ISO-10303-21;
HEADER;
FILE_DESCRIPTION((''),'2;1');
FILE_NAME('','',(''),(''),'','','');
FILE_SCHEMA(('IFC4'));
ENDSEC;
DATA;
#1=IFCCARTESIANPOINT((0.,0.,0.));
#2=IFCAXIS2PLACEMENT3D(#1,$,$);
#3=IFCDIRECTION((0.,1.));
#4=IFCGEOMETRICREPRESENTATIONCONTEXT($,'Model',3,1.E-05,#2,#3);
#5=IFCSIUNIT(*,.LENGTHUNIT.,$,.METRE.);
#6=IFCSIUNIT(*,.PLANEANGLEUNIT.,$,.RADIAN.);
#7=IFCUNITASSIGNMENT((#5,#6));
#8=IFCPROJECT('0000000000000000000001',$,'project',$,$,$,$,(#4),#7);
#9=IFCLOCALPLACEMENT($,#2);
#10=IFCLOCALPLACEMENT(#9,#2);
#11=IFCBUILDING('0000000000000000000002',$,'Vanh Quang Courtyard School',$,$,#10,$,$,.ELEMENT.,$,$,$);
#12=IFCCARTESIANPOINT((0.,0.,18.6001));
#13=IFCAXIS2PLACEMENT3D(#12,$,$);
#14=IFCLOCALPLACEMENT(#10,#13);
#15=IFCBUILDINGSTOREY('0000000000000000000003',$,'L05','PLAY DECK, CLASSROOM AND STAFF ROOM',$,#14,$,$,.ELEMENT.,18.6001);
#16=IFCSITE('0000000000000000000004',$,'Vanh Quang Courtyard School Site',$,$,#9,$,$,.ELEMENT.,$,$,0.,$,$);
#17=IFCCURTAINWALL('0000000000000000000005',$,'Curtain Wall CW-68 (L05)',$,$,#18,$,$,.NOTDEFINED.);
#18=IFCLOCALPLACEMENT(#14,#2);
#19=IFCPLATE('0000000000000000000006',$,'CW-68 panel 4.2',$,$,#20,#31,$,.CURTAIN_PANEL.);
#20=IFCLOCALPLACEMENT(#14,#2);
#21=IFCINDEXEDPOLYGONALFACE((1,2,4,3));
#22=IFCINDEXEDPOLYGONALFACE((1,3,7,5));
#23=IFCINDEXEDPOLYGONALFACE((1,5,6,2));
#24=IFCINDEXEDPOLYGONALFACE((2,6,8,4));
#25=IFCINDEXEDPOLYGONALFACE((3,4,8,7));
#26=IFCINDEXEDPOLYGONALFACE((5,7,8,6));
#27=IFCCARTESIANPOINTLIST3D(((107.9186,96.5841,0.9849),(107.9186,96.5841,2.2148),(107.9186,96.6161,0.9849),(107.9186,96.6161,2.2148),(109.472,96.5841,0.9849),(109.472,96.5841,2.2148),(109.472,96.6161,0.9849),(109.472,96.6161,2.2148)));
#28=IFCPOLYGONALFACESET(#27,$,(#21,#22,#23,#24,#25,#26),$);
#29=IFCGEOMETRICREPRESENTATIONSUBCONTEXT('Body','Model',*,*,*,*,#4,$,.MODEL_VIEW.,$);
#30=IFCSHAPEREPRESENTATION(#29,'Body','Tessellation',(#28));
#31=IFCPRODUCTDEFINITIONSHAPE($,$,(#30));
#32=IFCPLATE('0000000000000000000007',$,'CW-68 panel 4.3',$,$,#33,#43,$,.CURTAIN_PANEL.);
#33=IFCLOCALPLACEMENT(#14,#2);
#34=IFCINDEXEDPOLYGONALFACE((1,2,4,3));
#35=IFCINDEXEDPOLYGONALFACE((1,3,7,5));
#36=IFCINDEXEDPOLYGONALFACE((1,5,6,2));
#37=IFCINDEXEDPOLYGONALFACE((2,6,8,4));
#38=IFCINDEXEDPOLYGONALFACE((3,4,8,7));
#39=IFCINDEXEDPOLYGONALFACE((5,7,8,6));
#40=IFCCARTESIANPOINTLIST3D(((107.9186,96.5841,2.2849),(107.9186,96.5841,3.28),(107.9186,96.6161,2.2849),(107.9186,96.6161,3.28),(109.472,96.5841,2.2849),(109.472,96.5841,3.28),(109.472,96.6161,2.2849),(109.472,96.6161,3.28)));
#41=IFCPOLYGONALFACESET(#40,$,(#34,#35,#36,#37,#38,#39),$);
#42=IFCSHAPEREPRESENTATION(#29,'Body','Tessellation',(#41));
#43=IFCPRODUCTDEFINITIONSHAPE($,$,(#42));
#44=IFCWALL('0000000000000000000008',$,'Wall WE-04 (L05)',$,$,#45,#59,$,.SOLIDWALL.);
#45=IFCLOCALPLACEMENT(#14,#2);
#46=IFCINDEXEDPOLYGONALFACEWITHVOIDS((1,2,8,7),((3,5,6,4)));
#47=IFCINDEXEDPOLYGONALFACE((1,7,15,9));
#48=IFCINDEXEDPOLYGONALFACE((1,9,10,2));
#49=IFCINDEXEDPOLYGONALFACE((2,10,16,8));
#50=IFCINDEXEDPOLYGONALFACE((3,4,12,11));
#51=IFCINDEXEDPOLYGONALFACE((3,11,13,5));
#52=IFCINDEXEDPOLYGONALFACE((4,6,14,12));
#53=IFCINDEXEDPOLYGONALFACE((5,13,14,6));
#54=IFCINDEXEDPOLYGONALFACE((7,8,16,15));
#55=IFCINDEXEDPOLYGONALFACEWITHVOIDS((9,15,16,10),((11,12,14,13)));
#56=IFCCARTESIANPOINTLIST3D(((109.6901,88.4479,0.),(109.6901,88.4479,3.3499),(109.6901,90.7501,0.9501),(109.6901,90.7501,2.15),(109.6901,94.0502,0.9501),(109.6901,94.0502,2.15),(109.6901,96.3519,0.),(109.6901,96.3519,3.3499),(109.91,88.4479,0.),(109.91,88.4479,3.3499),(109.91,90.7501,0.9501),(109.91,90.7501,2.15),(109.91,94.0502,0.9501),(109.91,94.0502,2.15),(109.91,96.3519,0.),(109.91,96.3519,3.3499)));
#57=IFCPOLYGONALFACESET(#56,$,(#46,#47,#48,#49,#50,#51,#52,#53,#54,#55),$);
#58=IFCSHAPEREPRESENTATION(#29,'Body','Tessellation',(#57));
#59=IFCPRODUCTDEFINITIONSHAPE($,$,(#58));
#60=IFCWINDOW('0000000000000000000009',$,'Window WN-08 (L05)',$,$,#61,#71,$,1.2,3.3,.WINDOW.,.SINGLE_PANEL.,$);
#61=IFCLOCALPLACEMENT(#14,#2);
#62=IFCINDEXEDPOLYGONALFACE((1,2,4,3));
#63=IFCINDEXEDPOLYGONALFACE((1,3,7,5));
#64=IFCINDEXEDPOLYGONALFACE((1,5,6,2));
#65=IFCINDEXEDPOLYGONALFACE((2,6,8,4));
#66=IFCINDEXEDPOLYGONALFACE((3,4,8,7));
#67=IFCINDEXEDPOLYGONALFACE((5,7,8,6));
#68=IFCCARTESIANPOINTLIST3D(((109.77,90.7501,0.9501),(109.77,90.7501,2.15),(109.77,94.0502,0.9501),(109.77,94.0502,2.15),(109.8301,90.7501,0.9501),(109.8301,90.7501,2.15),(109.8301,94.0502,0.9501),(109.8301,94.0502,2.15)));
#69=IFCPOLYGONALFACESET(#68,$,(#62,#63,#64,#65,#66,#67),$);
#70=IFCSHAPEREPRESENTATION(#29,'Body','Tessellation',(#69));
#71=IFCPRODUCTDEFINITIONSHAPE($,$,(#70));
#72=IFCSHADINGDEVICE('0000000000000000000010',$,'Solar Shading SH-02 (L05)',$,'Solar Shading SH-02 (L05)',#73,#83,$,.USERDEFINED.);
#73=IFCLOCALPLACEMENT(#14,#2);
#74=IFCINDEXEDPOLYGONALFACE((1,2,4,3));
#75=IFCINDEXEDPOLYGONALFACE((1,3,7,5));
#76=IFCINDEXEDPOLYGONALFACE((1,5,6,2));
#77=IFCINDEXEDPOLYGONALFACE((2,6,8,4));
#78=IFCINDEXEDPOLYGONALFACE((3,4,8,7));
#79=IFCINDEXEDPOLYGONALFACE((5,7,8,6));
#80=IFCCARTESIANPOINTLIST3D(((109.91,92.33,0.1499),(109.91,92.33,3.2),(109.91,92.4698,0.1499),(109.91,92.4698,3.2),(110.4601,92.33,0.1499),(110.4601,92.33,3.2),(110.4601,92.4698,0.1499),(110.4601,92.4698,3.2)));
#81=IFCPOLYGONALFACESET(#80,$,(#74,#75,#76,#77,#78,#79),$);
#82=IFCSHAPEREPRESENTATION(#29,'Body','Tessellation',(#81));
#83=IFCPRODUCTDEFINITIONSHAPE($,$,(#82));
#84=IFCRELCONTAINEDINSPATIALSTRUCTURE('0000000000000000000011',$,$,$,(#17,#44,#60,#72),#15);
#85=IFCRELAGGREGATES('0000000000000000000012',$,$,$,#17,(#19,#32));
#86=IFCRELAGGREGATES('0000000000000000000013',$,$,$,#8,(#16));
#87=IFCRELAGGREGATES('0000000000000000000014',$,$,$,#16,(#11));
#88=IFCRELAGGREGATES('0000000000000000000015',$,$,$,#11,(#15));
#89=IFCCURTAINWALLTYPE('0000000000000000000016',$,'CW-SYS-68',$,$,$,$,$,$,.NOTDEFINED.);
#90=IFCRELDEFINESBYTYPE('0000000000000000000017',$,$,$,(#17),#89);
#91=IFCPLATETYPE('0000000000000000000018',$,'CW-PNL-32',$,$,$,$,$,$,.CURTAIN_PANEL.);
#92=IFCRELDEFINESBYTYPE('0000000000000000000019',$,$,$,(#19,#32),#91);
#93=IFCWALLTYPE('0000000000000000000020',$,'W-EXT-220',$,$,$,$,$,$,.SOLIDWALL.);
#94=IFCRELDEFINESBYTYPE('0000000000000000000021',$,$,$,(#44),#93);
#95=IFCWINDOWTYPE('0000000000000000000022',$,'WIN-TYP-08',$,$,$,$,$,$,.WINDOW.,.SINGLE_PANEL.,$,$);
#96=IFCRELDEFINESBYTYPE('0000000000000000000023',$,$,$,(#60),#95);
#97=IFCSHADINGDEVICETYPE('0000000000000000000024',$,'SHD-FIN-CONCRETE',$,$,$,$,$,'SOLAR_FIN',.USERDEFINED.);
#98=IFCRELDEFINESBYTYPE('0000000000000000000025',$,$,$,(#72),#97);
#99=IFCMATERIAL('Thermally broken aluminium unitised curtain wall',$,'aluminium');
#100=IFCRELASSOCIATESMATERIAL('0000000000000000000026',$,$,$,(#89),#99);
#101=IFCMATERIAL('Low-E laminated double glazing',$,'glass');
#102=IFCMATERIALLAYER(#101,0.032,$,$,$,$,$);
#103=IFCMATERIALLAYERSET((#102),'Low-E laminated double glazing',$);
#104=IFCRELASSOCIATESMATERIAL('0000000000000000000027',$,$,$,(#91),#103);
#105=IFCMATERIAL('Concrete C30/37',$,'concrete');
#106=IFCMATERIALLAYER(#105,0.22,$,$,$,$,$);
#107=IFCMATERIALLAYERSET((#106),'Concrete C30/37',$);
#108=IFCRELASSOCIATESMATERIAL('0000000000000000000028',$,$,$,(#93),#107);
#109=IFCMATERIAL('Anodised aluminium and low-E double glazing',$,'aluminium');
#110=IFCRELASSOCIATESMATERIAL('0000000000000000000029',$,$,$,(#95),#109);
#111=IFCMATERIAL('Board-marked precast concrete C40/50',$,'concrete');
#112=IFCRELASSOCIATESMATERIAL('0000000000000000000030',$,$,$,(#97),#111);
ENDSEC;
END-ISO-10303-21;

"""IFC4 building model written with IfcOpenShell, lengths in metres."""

from ifc_helpers import new_model, si_unit, direction, frame, frame_2d, origin, origin_2d, place, context, subcontext, project, spatial, rectangle, extrude, material, layer, layer_set, type_object, element, fill, aggregate, save


model = new_model("IFC4")

# Units and contexts
model_context = context("Model", 3, precision=1e-05, world=origin(), true_north=direction((0.0, 1.0)))
body_context = subcontext(model_context, "Body", "Model", "MODEL_VIEW")
ifc_project = project(units=[si_unit("LENGTHUNIT", "METRE"), si_unit("PLANEANGLEUNIT", "RADIAN")], contexts=[model_context])

# Site, building, storey
site_placement = place(None, origin())
site = spatial("IfcSite", under=ifc_project, at=site_placement, Name="Vanh Quang Courtyard School Site", CompositionType="ELEMENT", RefElevation=0.0)
building_placement = place(site_placement, origin())
building = spatial("IfcBuilding", under=site, at=building_placement, Name="Vanh Quang Courtyard School", CompositionType="ELEMENT")
storey_placement = place(building_placement, frame((0.0, 0.0, 18.6001)))
storey = spatial("IfcBuildingStorey", under=building, at=storey_placement, Name="L05", Description="PLAY DECK, CLASSROOM AND STAFF ROOM", CompositionType="ELEMENT", Elevation=18.6001)

# Curtain wall, plates
ifc_material_1 = material(Name="Thermally broken aluminium unitised curtain wall", Category="aluminium")
curtain_wall_type = type_object("IfcCurtainWallType", Name="CW-SYS-68", PredefinedType="NOTDEFINED", material=ifc_material_1)
curtain_wall_placement = place(storey_placement, origin())
curtain_wall = element("IfcCurtainWall", 1, at=curtain_wall_placement, inside=storey, type_object=curtain_wall_type, Name="Curtain Wall CW-68 (L05)", PredefinedType="NOTDEFINED")
ifc_material_2 = material(Name="Low-E laminated double glazing", Category="glass")
ifc_layer_1 = layer(ifc_material_2, 0.032)
ifc_layer_set_1 = layer_set([ifc_layer_1], Name="Low-E laminated double glazing")
plate_type = type_object("IfcPlateType", Name="CW-PNL-32", PredefinedType="CURTAIN_PANEL", material=ifc_layer_set_1)
plate_1_placement = place(storey_placement, frame((108.6953, 96.6001, 0.9849), z_axis=(0.0, 0.0, 1.0), x_axis=(1.0, 0.0, 0.0)))
plate_1 = element("IfcPlate", 2, at=plate_1_placement, type_object=plate_type, Name="CW-68 panel 4.2", PredefinedType="CURTAIN_PANEL", context=body_context, shape_type="SweptSolid", body=[
    extrude(rectangle(XDim=1.5535, YDim=0.032, at=origin_2d()), origin(), (0.0, 0.0, 1.0), 1.23),
])
plate_2_placement = place(storey_placement, frame((108.6953, 96.6001, 2.2849), z_axis=(0.0, 0.0, 1.0), x_axis=(1.0, 0.0, 0.0)))
plate_2 = element("IfcPlate", 3, at=plate_2_placement, type_object=plate_type, Name="CW-68 panel 4.3", PredefinedType="CURTAIN_PANEL", context=body_context, shape_type="SweptSolid", body=[
    extrude(rectangle(XDim=1.5535, YDim=0.032, at=origin_2d()), origin(), (0.0, 0.0, 1.0), 0.9951),
])
aggregate(curtain_wall, [plate_1, plate_2])

# Wall, opening, window
ifc_material_3 = material(Name="Concrete C30/37", Category="concrete")
ifc_layer_2 = layer(ifc_material_3, 0.22)
ifc_layer_set_2 = layer_set([ifc_layer_2], Name="Concrete C30/37")
wall_type = type_object("IfcWallType", Name="W-EXT-220", PredefinedType="SOLIDWALL", material=ifc_layer_set_2)
wall_placement = place(storey_placement, frame((109.8, 96.3521, 0.0), z_axis=(0.0, 0.0, 1.0), x_axis=(0.0, -1.0, 0.0)))
wall = element("IfcWall", 4, at=wall_placement, inside=storey, type_object=wall_type, Name="Wall WE-04 (L05)", PredefinedType="SOLIDWALL", context=body_context, shape_type="SweptSolid", body=[
    extrude(rectangle(XDim=7.9041, YDim=0.22, at=frame_2d((3.9521, 0.0))), origin(), (0.0, 0.0, 1.0), 3.3499),
])
opening_placement = place(wall_placement, frame((2.302, 0.0, 0.95)))
opening = element("IfcOpeningElement", 5, at=opening_placement, cuts=wall, PredefinedType="OPENING", context=body_context, shape_type="SweptSolid", body=[
    extrude(rectangle(XDim=3.3, YDim=1.2, at=frame_2d((1.6499, 0.6001))), frame((0.0, 0.1201, 0.0), z_axis=(0.0, -1.0, 0.0), x_axis=(1.0, 0.0, 0.0)), (0.0, 0.0, 1.0), 0.24),
])
ifc_material_4 = material(Name="Anodised aluminium and low-E double glazing", Category="aluminium")
window_type = type_object("IfcWindowType", Name="WIN-TYP-08", PartitioningType="SINGLE_PANEL", PredefinedType="WINDOW", material=ifc_material_4)
window_placement = place(opening_placement, origin())
window = element("IfcWindow", 6, at=window_placement, inside=storey, type_object=window_type, Name="Window WN-08 (L05)", OverallHeight=1.2, OverallWidth=3.3, PartitioningType="SINGLE_PANEL", PredefinedType="WINDOW", context=body_context, shape_type="SweptSolid", body=[
    extrude(rectangle(XDim=3.3, YDim=1.2, at=frame_2d((1.6499, 0.6001))), frame((0.0, 0.03, 0.0), z_axis=(0.0, -1.0, 0.0), x_axis=(1.0, 0.0, 0.0)), (0.0, 0.0, 1.0), 0.0601),
])
fill(opening, window)

# Shading device
ifc_material_5 = material(Name="Board-marked precast concrete C40/50", Category="concrete")
shading_device_type = type_object("IfcShadingDeviceType", Name="SHD-FIN-CONCRETE", ElementType="SOLAR_FIN", PredefinedType="USERDEFINED", material=ifc_material_5)
shading_device_placement = place(storey_placement, frame((110.1851, 92.3999, 0.1499), z_axis=(0.0, 0.0, 1.0), x_axis=(0.0, -1.0, 0.0)))
element("IfcShadingDevice", 7, at=shading_device_placement, inside=storey, type_object=shading_device_type, Name="Solar Shading SH-02 (L05)", ObjectType="Solar Shading SH-02 (L05)", PredefinedType="USERDEFINED", context=body_context, shape_type="SweptSolid", body=[
    extrude(rectangle(XDim=0.1399, YDim=0.55, at=origin_2d()), origin(), (0.0, 0.0, 1.0), 3.05),
])

save(model, "model.ifc")
